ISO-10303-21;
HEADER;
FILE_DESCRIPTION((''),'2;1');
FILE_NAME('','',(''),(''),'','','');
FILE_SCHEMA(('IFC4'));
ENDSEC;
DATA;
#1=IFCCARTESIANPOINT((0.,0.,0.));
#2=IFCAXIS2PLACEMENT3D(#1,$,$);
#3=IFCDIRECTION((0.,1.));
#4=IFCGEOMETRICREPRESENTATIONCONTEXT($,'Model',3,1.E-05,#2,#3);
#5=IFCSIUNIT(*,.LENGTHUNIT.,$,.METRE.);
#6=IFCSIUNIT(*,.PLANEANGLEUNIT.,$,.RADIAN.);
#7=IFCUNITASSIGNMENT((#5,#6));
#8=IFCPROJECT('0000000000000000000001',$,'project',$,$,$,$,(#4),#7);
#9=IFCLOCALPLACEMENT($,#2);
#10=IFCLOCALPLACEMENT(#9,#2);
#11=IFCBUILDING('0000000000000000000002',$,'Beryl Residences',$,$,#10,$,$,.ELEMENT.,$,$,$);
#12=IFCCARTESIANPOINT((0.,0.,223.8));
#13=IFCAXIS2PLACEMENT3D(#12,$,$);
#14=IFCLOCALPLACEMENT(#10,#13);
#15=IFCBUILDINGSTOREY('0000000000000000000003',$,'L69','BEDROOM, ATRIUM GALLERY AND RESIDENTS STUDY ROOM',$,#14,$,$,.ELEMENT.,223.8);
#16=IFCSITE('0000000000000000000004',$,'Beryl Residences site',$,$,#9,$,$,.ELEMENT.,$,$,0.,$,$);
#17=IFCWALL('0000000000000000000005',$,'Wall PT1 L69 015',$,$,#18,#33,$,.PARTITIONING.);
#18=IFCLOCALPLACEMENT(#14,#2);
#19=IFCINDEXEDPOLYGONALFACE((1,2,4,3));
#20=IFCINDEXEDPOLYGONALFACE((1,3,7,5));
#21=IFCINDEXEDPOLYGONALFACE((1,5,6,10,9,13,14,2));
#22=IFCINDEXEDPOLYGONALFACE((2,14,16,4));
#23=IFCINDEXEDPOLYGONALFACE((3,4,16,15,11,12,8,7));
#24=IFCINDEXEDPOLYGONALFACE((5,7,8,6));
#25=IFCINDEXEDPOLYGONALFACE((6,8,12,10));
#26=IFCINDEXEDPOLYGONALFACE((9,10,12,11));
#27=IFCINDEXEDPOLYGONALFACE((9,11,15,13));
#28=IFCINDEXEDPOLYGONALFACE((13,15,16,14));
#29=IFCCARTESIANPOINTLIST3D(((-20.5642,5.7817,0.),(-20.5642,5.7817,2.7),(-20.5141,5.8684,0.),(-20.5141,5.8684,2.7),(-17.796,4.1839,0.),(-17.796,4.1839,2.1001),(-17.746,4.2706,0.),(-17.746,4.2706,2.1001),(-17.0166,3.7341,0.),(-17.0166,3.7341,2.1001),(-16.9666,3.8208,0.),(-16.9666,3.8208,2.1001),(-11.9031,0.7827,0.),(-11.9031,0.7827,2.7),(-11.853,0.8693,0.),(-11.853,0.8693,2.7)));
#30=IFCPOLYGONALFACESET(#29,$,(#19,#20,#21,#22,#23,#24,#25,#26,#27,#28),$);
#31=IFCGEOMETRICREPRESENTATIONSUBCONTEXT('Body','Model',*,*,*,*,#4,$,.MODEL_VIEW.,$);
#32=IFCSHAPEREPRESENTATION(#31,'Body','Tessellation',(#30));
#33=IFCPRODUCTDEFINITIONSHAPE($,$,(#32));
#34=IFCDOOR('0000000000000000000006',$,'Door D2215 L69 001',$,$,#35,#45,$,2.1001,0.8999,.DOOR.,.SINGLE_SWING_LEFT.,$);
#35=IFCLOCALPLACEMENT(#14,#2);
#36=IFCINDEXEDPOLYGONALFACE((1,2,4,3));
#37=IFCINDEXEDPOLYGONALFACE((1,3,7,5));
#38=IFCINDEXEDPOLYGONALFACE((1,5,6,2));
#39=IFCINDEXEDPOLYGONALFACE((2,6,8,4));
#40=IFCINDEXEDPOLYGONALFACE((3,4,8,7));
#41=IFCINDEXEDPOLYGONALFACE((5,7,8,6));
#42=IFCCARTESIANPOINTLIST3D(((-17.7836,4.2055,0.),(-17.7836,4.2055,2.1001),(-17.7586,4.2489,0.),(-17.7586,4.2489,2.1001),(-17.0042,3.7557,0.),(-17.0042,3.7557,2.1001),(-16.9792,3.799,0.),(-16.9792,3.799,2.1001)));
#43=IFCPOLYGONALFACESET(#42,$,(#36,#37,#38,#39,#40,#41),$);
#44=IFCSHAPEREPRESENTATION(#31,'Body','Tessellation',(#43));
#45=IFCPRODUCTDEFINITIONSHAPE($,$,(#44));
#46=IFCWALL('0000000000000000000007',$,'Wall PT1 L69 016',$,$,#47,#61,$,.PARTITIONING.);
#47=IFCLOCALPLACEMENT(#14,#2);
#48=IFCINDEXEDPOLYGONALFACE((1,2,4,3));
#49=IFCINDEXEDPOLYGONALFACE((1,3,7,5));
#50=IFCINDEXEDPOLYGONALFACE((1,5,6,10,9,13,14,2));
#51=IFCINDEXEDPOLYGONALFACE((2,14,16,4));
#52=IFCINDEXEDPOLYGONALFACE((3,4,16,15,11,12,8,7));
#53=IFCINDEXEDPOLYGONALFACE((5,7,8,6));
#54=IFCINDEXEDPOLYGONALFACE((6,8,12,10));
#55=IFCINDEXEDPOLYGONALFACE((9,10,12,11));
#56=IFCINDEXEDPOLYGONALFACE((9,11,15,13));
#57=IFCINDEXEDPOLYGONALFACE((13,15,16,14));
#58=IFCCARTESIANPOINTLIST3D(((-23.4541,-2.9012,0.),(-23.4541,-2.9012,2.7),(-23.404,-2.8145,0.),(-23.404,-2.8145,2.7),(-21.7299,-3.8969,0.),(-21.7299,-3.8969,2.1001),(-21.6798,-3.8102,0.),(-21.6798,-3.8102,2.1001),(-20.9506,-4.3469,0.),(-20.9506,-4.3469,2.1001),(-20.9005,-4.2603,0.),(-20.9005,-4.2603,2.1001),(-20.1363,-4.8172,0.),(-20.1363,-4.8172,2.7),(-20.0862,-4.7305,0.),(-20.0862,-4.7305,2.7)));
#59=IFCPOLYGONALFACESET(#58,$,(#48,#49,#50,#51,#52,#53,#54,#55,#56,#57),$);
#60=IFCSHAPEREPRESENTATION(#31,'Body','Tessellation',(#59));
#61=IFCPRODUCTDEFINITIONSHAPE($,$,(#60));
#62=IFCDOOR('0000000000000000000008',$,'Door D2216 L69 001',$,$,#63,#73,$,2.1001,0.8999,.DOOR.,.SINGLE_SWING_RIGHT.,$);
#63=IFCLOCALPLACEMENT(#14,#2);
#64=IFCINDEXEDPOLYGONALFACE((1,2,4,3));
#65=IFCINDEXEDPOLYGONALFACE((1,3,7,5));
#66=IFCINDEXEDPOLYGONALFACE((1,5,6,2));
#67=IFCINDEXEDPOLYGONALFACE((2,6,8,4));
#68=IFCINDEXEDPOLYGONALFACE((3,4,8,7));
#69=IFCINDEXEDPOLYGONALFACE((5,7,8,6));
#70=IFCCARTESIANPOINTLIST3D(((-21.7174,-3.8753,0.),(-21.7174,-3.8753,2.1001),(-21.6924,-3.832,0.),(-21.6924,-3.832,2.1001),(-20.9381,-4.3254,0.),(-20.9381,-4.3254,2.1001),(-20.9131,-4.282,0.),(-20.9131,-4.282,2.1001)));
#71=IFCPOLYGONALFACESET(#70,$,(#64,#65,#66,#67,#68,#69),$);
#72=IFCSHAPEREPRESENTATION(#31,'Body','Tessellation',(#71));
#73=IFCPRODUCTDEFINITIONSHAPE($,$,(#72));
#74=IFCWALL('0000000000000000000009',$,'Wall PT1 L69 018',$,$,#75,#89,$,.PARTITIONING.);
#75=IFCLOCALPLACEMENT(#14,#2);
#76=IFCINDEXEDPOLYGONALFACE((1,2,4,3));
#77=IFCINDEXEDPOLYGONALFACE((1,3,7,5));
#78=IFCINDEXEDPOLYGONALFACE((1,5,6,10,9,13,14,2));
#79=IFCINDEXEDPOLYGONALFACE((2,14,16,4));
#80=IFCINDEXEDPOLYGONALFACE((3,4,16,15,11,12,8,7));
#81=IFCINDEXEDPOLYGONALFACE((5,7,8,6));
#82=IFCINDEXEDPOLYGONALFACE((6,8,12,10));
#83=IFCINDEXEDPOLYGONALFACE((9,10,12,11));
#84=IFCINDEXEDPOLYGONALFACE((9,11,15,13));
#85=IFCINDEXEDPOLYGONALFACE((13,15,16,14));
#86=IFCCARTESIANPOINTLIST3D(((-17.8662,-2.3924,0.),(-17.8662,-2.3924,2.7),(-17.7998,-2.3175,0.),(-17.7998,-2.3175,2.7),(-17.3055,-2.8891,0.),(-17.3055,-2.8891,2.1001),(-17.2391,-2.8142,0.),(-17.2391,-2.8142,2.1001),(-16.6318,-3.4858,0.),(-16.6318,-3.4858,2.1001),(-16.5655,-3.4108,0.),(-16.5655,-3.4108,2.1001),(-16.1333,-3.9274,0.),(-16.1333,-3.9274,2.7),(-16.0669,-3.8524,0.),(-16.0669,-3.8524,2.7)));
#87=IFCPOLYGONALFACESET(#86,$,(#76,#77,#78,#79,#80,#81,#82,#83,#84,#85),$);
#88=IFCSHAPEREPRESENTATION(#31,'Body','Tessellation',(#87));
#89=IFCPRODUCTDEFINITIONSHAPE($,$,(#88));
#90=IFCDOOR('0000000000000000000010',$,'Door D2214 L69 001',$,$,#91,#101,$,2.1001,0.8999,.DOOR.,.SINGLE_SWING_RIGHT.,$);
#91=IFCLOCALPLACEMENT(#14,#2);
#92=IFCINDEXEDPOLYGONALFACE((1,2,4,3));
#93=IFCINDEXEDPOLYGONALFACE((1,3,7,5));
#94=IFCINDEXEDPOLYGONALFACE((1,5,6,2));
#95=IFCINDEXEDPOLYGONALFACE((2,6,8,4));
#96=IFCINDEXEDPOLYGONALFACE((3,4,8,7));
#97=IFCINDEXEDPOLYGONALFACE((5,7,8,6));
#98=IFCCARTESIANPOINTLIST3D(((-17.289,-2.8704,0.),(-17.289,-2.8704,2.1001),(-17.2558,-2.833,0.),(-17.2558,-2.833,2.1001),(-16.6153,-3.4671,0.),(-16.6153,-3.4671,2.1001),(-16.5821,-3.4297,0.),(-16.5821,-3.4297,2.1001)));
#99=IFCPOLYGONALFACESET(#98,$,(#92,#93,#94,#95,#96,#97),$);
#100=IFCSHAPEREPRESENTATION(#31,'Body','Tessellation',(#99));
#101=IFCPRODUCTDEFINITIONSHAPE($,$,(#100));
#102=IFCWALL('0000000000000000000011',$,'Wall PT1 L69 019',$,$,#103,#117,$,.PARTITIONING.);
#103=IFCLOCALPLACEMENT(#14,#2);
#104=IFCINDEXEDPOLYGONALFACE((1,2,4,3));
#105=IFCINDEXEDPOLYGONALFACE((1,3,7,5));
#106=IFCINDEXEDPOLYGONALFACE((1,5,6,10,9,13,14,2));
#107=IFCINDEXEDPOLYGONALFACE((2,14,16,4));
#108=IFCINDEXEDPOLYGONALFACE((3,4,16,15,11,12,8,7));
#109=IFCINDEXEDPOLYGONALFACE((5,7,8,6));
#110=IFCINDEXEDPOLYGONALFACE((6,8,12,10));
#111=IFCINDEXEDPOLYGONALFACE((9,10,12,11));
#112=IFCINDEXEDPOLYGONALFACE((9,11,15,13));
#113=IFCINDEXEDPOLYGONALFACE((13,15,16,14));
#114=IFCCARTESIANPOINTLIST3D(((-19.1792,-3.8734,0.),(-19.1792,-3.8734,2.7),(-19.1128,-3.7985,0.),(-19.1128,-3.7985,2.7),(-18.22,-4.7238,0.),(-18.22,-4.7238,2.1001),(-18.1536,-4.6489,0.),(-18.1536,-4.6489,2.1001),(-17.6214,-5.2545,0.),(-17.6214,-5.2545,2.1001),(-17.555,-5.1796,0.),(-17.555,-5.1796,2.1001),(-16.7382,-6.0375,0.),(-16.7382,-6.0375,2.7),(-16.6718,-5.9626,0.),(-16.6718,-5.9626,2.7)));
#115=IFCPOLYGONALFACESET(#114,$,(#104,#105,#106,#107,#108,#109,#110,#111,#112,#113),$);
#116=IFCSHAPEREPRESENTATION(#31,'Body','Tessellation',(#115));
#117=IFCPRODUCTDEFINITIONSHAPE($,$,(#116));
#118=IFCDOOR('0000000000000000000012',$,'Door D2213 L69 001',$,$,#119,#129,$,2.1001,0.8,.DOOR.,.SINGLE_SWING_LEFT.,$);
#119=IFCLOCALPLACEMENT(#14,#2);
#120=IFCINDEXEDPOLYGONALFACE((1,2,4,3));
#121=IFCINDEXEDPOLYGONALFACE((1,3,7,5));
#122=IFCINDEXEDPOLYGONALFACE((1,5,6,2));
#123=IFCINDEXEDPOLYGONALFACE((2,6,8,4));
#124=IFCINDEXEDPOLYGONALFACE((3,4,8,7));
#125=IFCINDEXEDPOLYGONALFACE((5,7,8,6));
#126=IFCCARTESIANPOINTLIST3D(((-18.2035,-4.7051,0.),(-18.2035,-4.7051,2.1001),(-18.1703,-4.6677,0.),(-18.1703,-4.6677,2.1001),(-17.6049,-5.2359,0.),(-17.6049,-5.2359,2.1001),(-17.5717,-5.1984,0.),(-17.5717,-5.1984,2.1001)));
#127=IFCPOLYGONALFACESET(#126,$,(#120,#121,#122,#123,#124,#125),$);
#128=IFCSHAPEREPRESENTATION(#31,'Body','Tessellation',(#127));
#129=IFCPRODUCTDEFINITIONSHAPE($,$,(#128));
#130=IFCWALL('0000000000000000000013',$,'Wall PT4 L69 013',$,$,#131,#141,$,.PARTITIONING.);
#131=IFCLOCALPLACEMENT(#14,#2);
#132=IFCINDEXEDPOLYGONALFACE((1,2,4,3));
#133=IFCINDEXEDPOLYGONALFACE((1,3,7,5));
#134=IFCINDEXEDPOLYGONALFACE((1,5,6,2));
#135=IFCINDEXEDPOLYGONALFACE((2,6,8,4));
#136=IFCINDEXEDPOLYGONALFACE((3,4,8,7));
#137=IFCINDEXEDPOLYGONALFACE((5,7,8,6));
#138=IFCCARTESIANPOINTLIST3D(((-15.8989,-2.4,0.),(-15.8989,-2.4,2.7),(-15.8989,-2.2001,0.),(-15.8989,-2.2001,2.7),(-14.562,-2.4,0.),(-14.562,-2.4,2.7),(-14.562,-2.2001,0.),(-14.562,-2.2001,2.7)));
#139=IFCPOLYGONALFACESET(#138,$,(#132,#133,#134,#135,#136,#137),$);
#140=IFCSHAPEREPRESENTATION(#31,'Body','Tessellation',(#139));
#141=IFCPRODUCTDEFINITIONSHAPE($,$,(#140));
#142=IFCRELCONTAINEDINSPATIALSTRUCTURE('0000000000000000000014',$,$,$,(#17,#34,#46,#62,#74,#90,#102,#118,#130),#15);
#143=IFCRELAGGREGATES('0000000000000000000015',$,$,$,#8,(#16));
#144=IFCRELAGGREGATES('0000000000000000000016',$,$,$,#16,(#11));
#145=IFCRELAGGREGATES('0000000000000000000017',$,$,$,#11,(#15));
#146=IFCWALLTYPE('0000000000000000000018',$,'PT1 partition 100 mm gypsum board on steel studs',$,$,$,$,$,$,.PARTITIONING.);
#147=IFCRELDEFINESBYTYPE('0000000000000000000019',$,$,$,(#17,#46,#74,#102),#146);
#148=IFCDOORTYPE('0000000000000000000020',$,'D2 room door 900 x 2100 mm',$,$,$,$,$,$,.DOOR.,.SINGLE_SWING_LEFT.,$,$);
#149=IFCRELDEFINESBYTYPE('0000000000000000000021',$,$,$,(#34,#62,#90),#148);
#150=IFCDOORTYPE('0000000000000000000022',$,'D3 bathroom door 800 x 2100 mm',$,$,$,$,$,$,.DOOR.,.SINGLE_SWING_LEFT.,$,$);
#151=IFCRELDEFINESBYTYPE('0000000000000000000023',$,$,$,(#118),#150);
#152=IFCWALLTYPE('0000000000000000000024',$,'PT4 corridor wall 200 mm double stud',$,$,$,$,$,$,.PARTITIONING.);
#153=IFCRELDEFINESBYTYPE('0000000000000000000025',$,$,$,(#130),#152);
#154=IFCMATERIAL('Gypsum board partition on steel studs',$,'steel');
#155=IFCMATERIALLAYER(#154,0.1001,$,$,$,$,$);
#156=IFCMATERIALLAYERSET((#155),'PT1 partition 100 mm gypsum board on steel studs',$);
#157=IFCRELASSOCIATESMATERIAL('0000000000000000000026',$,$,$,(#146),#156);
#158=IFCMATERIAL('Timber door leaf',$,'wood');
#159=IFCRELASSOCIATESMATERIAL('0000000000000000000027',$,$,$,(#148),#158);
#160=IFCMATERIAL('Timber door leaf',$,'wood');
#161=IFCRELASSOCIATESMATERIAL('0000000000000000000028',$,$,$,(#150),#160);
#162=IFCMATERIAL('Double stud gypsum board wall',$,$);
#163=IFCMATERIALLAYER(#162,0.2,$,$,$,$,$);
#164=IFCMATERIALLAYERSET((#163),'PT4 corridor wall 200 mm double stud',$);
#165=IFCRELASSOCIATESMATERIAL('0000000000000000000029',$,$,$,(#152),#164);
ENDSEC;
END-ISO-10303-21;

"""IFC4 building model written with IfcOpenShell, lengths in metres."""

from ifc_helpers import new_model, si_unit, direction, frame, frame_2d, origin, place, context, subcontext, project, spatial, rectangle, extrude, material, layer, layer_set, type_object, element, fill, save


model = new_model("IFC4")

# Units and contexts
model_context = context("Model", 3, precision=1e-05, world=origin(), true_north=direction((0.0, 1.0)))
body_context = subcontext(model_context, "Body", "Model", "MODEL_VIEW")
ifc_project = project(units=[si_unit("LENGTHUNIT", "METRE"), si_unit("PLANEANGLEUNIT", "RADIAN")], contexts=[model_context])

# Site, building, storey
site_placement = place(None, origin())
site = spatial("IfcSite", under=ifc_project, at=site_placement, Name="Beryl Residences site", CompositionType="ELEMENT", RefElevation=0.0)
building_placement = place(site_placement, origin())
building = spatial("IfcBuilding", under=site, at=building_placement, Name="Beryl Residences", CompositionType="ELEMENT")
storey_placement = place(building_placement, frame((0.0, 0.0, 223.8)))
storey = spatial("IfcBuildingStorey", under=building, at=storey_placement, Name="L69", Description="BEDROOM, ATRIUM GALLERY AND RESIDENTS STUDY ROOM", CompositionType="ELEMENT", Elevation=223.8)

# Walls, openings, doors
ifc_material_1 = material(Name="Gypsum board partition on steel studs", Category="steel")
ifc_layer_1 = layer(ifc_material_1, 0.1001)
ifc_layer_set_1 = layer_set([ifc_layer_1], Name="PT1 partition 100 mm gypsum board on steel studs")
wall_type_1 = type_object("IfcWallType", Name="PT1 partition 100 mm gypsum board on steel studs", PredefinedType="PARTITIONING", material=ifc_layer_set_1)
wall_1_placement = place(storey_placement, frame((-20.5391, 5.825, 0.0), z_axis=(0.0, 0.0, 1.0), x_axis=(0.86609, -0.499889, 0.0)))
wall_1 = element("IfcWall", 1, at=wall_1_placement, inside=storey, type_object=wall_type_1, Name="Wall PT1 L69 015", PredefinedType="PARTITIONING", context=body_context, shape_type="SweptSolid", body=[
    extrude(rectangle(XDim=10.0002, YDim=0.1001, at=frame_2d((5.0, 0.0))), origin(), (0.0, 0.0, 1.0), 2.7),
])
opening_1_placement = place(wall_1_placement, frame((3.196, 0.0, 0.0)))
opening_1 = element("IfcOpeningElement", 2, at=opening_1_placement, cuts=wall_1, PredefinedType="OPENING", context=body_context, shape_type="SweptSolid", body=[
    extrude(rectangle(XDim=0.8999, YDim=2.1001, at=frame_2d((0.45, 1.05))), frame((0.0, 0.0601, 0.0), z_axis=(0.0, -1.0, 0.0), x_axis=(1.0, 0.0, 0.0)), (0.0, 0.0, 1.0), 0.1201),
])
ifc_material_2 = material(Name="Timber door leaf", Category="wood")
door_type_1 = type_object("IfcDoorType", Name="D2 room door 900 x 2100 mm", OperationType="SINGLE_SWING_LEFT", PredefinedType="DOOR", material=ifc_material_2)
door_1_placement = place(opening_1_placement, origin())
door_1 = element("IfcDoor", 3, at=door_1_placement, inside=storey, type_object=door_type_1, Name="Door D2215 L69 001", OperationType="SINGLE_SWING_LEFT", OverallHeight=2.1001, OverallWidth=0.8999, PredefinedType="DOOR", context=body_context, shape_type="SweptSolid", body=[
    extrude(rectangle(XDim=0.8999, YDim=2.1001, at=frame_2d((0.45, 1.05))), frame((0.0, 0.0249, 0.0), z_axis=(0.0, -1.0, 0.0), x_axis=(1.0, 0.0, 0.0)), (0.0, 0.0, 1.0), 0.05),
])
fill(opening_1, door_1)
wall_2_placement = place(storey_placement, frame((-23.429, -2.8579, 0.0), z_axis=(0.0, 0.0, 1.0), x_axis=(0.865975, -0.500086, 0.0)))
wall_2 = element("IfcWall", 4, at=wall_2_placement, inside=storey, type_object=wall_type_1, Name="Wall PT1 L69 016", PredefinedType="PARTITIONING", context=body_context, shape_type="SweptSolid", body=[
    extrude(rectangle(XDim=3.8313, YDim=0.1001, at=frame_2d((1.9155, 0.0))), origin(), (0.0, 0.0, 1.0), 2.7),
])
opening_2_placement = place(wall_2_placement, frame((1.991, 0.0, 0.0)))
opening_2 = element("IfcOpeningElement", 5, at=opening_2_placement, cuts=wall_2, PredefinedType="OPENING", context=body_context, shape_type="SweptSolid", body=[
    extrude(rectangle(XDim=0.8999, YDim=2.1001, at=frame_2d((0.45, 1.05))), frame((0.0, 0.0601, 0.0), z_axis=(0.0, -1.0, 0.0), x_axis=(1.0, 0.0, 0.0)), (0.0, 0.0, 1.0), 0.1201),
])
door_2_placement = place(opening_2_placement, origin())
door_2 = element("IfcDoor", 6, at=door_2_placement, inside=storey, type_object=door_type_1, Name="Door D2216 L69 001", OperationType="SINGLE_SWING_RIGHT", OverallHeight=2.1001, OverallWidth=0.8999, PredefinedType="DOOR", context=body_context, shape_type="SweptSolid", body=[
    extrude(rectangle(XDim=0.8999, YDim=2.1001, at=frame_2d((0.45, 1.05))), frame((0.0, 0.0249, 0.0), z_axis=(0.0, -1.0, 0.0), x_axis=(1.0, 0.0, 0.0)), (0.0, 0.0, 1.0), 0.05),
])
fill(opening_2, door_2)
wall_3_placement = place(storey_placement, frame((-17.833, -2.355, 0.0), z_axis=(0.0, 0.0, 1.0), x_axis=(0.748578, -0.663047, 0.0)))
wall_3 = element("IfcWall", 7, at=wall_3_placement, inside=storey, type_object=wall_type_1, Name="Wall PT1 L69 018", PredefinedType="PARTITIONING", context=body_context, shape_type="SweptSolid", body=[
    extrude(rectangle(XDim=2.3149, YDim=0.1001, at=frame_2d((1.1575, 0.0))), origin(), (0.0, 0.0, 1.0), 2.7),
])
opening_3_placement = place(wall_3_placement, frame((0.749, 0.0, 0.0)))
opening_3 = element("IfcOpeningElement", 8, at=opening_3_placement, cuts=wall_3, PredefinedType="OPENING", context=body_context, shape_type="SweptSolid", body=[
    extrude(rectangle(XDim=0.8999, YDim=2.1001, at=frame_2d((0.45, 1.05))), frame((0.0, 0.0601, 0.0), z_axis=(0.0, -1.0, 0.0), x_axis=(1.0, 0.0, 0.0)), (0.0, 0.0, 1.0), 0.1201),
])
door_3_placement = place(opening_3_placement, origin())
door_3 = element("IfcDoor", 9, at=door_3_placement, inside=storey, type_object=door_type_1, Name="Door D2214 L69 001", OperationType="SINGLE_SWING_RIGHT", OverallHeight=2.1001, OverallWidth=0.8999, PredefinedType="DOOR", context=body_context, shape_type="SweptSolid", body=[
    extrude(rectangle(XDim=0.8999, YDim=2.1001, at=frame_2d((0.45, 1.05))), frame((0.0, 0.0249, 0.0), z_axis=(0.0, -1.0, 0.0), x_axis=(1.0, 0.0, 0.0)), (0.0, 0.0, 1.0), 0.05),
])
fill(opening_3, door_3)
wall_4_placement = place(storey_placement, frame((-19.146, -3.8359, 0.0), z_axis=(0.0, 0.0, 1.0), x_axis=(0.748268, -0.663397, 0.0)))
wall_4 = element("IfcWall", 10, at=wall_4_placement, inside=storey, type_object=wall_type_1, Name="Wall PT1 L69 019", PredefinedType="PARTITIONING", context=body_context, shape_type="SweptSolid", body=[
    extrude(rectangle(XDim=3.2622, YDim=0.1001, at=frame_2d((1.6311, 0.0))), origin(), (0.0, 0.0, 1.0), 2.7),
])
opening_4_placement = place(wall_4_placement, frame((1.282, 0.0, 0.0)))
opening_4 = element("IfcOpeningElement", 11, at=opening_4_placement, cuts=wall_4, PredefinedType="OPENING", context=body_context, shape_type="SweptSolid", body=[
    extrude(rectangle(XDim=0.8, YDim=2.1001, at=frame_2d((0.3999, 1.05))), frame((0.0, 0.0601, 0.0), z_axis=(0.0, -1.0, 0.0), x_axis=(1.0, 0.0, 0.0)), (0.0, 0.0, 1.0), 0.1201),
])
ifc_material_3 = material(Name="Timber door leaf", Category="wood")
door_type_2 = type_object("IfcDoorType", Name="D3 bathroom door 800 x 2100 mm", OperationType="SINGLE_SWING_LEFT", PredefinedType="DOOR", material=ifc_material_3)
door_4_placement = place(opening_4_placement, origin())
door_4 = element("IfcDoor", 12, at=door_4_placement, inside=storey, type_object=door_type_2, Name="Door D2213 L69 001", OperationType="SINGLE_SWING_LEFT", OverallHeight=2.1001, OverallWidth=0.8, PredefinedType="DOOR", context=body_context, shape_type="SweptSolid", body=[
    extrude(rectangle(XDim=0.8, YDim=2.1001, at=frame_2d((0.3999, 1.05))), frame((0.0, 0.0249, 0.0), z_axis=(0.0, -1.0, 0.0), x_axis=(1.0, 0.0, 0.0)), (0.0, 0.0, 1.0), 0.05),
])
fill(opening_4, door_4)

# Wall
ifc_material_4 = material(Name="Double stud gypsum board wall")
ifc_layer_2 = layer(ifc_material_4, 0.2)
ifc_layer_set_2 = layer_set([ifc_layer_2], Name="PT4 corridor wall 200 mm double stud")
wall_type_2 = type_object("IfcWallType", Name="PT4 corridor wall 200 mm double stud", PredefinedType="PARTITIONING", material=ifc_layer_set_2)
wall_5_placement = place(storey_placement, frame((-15.8989, -2.3, 0.0), z_axis=(0.0, 0.0, 1.0), x_axis=(1.0, 0.0, 0.0)))
element("IfcWall", 13, at=wall_5_placement, inside=storey, type_object=wall_type_2, Name="Wall PT4 L69 013", PredefinedType="PARTITIONING", context=body_context, shape_type="SweptSolid", body=[
    extrude(rectangle(XDim=1.3369, YDim=0.2, at=frame_2d((0.6685, 0.0))), origin(), (0.0, 0.0, 1.0), 2.7),
])

save(model, "model.ifc")
